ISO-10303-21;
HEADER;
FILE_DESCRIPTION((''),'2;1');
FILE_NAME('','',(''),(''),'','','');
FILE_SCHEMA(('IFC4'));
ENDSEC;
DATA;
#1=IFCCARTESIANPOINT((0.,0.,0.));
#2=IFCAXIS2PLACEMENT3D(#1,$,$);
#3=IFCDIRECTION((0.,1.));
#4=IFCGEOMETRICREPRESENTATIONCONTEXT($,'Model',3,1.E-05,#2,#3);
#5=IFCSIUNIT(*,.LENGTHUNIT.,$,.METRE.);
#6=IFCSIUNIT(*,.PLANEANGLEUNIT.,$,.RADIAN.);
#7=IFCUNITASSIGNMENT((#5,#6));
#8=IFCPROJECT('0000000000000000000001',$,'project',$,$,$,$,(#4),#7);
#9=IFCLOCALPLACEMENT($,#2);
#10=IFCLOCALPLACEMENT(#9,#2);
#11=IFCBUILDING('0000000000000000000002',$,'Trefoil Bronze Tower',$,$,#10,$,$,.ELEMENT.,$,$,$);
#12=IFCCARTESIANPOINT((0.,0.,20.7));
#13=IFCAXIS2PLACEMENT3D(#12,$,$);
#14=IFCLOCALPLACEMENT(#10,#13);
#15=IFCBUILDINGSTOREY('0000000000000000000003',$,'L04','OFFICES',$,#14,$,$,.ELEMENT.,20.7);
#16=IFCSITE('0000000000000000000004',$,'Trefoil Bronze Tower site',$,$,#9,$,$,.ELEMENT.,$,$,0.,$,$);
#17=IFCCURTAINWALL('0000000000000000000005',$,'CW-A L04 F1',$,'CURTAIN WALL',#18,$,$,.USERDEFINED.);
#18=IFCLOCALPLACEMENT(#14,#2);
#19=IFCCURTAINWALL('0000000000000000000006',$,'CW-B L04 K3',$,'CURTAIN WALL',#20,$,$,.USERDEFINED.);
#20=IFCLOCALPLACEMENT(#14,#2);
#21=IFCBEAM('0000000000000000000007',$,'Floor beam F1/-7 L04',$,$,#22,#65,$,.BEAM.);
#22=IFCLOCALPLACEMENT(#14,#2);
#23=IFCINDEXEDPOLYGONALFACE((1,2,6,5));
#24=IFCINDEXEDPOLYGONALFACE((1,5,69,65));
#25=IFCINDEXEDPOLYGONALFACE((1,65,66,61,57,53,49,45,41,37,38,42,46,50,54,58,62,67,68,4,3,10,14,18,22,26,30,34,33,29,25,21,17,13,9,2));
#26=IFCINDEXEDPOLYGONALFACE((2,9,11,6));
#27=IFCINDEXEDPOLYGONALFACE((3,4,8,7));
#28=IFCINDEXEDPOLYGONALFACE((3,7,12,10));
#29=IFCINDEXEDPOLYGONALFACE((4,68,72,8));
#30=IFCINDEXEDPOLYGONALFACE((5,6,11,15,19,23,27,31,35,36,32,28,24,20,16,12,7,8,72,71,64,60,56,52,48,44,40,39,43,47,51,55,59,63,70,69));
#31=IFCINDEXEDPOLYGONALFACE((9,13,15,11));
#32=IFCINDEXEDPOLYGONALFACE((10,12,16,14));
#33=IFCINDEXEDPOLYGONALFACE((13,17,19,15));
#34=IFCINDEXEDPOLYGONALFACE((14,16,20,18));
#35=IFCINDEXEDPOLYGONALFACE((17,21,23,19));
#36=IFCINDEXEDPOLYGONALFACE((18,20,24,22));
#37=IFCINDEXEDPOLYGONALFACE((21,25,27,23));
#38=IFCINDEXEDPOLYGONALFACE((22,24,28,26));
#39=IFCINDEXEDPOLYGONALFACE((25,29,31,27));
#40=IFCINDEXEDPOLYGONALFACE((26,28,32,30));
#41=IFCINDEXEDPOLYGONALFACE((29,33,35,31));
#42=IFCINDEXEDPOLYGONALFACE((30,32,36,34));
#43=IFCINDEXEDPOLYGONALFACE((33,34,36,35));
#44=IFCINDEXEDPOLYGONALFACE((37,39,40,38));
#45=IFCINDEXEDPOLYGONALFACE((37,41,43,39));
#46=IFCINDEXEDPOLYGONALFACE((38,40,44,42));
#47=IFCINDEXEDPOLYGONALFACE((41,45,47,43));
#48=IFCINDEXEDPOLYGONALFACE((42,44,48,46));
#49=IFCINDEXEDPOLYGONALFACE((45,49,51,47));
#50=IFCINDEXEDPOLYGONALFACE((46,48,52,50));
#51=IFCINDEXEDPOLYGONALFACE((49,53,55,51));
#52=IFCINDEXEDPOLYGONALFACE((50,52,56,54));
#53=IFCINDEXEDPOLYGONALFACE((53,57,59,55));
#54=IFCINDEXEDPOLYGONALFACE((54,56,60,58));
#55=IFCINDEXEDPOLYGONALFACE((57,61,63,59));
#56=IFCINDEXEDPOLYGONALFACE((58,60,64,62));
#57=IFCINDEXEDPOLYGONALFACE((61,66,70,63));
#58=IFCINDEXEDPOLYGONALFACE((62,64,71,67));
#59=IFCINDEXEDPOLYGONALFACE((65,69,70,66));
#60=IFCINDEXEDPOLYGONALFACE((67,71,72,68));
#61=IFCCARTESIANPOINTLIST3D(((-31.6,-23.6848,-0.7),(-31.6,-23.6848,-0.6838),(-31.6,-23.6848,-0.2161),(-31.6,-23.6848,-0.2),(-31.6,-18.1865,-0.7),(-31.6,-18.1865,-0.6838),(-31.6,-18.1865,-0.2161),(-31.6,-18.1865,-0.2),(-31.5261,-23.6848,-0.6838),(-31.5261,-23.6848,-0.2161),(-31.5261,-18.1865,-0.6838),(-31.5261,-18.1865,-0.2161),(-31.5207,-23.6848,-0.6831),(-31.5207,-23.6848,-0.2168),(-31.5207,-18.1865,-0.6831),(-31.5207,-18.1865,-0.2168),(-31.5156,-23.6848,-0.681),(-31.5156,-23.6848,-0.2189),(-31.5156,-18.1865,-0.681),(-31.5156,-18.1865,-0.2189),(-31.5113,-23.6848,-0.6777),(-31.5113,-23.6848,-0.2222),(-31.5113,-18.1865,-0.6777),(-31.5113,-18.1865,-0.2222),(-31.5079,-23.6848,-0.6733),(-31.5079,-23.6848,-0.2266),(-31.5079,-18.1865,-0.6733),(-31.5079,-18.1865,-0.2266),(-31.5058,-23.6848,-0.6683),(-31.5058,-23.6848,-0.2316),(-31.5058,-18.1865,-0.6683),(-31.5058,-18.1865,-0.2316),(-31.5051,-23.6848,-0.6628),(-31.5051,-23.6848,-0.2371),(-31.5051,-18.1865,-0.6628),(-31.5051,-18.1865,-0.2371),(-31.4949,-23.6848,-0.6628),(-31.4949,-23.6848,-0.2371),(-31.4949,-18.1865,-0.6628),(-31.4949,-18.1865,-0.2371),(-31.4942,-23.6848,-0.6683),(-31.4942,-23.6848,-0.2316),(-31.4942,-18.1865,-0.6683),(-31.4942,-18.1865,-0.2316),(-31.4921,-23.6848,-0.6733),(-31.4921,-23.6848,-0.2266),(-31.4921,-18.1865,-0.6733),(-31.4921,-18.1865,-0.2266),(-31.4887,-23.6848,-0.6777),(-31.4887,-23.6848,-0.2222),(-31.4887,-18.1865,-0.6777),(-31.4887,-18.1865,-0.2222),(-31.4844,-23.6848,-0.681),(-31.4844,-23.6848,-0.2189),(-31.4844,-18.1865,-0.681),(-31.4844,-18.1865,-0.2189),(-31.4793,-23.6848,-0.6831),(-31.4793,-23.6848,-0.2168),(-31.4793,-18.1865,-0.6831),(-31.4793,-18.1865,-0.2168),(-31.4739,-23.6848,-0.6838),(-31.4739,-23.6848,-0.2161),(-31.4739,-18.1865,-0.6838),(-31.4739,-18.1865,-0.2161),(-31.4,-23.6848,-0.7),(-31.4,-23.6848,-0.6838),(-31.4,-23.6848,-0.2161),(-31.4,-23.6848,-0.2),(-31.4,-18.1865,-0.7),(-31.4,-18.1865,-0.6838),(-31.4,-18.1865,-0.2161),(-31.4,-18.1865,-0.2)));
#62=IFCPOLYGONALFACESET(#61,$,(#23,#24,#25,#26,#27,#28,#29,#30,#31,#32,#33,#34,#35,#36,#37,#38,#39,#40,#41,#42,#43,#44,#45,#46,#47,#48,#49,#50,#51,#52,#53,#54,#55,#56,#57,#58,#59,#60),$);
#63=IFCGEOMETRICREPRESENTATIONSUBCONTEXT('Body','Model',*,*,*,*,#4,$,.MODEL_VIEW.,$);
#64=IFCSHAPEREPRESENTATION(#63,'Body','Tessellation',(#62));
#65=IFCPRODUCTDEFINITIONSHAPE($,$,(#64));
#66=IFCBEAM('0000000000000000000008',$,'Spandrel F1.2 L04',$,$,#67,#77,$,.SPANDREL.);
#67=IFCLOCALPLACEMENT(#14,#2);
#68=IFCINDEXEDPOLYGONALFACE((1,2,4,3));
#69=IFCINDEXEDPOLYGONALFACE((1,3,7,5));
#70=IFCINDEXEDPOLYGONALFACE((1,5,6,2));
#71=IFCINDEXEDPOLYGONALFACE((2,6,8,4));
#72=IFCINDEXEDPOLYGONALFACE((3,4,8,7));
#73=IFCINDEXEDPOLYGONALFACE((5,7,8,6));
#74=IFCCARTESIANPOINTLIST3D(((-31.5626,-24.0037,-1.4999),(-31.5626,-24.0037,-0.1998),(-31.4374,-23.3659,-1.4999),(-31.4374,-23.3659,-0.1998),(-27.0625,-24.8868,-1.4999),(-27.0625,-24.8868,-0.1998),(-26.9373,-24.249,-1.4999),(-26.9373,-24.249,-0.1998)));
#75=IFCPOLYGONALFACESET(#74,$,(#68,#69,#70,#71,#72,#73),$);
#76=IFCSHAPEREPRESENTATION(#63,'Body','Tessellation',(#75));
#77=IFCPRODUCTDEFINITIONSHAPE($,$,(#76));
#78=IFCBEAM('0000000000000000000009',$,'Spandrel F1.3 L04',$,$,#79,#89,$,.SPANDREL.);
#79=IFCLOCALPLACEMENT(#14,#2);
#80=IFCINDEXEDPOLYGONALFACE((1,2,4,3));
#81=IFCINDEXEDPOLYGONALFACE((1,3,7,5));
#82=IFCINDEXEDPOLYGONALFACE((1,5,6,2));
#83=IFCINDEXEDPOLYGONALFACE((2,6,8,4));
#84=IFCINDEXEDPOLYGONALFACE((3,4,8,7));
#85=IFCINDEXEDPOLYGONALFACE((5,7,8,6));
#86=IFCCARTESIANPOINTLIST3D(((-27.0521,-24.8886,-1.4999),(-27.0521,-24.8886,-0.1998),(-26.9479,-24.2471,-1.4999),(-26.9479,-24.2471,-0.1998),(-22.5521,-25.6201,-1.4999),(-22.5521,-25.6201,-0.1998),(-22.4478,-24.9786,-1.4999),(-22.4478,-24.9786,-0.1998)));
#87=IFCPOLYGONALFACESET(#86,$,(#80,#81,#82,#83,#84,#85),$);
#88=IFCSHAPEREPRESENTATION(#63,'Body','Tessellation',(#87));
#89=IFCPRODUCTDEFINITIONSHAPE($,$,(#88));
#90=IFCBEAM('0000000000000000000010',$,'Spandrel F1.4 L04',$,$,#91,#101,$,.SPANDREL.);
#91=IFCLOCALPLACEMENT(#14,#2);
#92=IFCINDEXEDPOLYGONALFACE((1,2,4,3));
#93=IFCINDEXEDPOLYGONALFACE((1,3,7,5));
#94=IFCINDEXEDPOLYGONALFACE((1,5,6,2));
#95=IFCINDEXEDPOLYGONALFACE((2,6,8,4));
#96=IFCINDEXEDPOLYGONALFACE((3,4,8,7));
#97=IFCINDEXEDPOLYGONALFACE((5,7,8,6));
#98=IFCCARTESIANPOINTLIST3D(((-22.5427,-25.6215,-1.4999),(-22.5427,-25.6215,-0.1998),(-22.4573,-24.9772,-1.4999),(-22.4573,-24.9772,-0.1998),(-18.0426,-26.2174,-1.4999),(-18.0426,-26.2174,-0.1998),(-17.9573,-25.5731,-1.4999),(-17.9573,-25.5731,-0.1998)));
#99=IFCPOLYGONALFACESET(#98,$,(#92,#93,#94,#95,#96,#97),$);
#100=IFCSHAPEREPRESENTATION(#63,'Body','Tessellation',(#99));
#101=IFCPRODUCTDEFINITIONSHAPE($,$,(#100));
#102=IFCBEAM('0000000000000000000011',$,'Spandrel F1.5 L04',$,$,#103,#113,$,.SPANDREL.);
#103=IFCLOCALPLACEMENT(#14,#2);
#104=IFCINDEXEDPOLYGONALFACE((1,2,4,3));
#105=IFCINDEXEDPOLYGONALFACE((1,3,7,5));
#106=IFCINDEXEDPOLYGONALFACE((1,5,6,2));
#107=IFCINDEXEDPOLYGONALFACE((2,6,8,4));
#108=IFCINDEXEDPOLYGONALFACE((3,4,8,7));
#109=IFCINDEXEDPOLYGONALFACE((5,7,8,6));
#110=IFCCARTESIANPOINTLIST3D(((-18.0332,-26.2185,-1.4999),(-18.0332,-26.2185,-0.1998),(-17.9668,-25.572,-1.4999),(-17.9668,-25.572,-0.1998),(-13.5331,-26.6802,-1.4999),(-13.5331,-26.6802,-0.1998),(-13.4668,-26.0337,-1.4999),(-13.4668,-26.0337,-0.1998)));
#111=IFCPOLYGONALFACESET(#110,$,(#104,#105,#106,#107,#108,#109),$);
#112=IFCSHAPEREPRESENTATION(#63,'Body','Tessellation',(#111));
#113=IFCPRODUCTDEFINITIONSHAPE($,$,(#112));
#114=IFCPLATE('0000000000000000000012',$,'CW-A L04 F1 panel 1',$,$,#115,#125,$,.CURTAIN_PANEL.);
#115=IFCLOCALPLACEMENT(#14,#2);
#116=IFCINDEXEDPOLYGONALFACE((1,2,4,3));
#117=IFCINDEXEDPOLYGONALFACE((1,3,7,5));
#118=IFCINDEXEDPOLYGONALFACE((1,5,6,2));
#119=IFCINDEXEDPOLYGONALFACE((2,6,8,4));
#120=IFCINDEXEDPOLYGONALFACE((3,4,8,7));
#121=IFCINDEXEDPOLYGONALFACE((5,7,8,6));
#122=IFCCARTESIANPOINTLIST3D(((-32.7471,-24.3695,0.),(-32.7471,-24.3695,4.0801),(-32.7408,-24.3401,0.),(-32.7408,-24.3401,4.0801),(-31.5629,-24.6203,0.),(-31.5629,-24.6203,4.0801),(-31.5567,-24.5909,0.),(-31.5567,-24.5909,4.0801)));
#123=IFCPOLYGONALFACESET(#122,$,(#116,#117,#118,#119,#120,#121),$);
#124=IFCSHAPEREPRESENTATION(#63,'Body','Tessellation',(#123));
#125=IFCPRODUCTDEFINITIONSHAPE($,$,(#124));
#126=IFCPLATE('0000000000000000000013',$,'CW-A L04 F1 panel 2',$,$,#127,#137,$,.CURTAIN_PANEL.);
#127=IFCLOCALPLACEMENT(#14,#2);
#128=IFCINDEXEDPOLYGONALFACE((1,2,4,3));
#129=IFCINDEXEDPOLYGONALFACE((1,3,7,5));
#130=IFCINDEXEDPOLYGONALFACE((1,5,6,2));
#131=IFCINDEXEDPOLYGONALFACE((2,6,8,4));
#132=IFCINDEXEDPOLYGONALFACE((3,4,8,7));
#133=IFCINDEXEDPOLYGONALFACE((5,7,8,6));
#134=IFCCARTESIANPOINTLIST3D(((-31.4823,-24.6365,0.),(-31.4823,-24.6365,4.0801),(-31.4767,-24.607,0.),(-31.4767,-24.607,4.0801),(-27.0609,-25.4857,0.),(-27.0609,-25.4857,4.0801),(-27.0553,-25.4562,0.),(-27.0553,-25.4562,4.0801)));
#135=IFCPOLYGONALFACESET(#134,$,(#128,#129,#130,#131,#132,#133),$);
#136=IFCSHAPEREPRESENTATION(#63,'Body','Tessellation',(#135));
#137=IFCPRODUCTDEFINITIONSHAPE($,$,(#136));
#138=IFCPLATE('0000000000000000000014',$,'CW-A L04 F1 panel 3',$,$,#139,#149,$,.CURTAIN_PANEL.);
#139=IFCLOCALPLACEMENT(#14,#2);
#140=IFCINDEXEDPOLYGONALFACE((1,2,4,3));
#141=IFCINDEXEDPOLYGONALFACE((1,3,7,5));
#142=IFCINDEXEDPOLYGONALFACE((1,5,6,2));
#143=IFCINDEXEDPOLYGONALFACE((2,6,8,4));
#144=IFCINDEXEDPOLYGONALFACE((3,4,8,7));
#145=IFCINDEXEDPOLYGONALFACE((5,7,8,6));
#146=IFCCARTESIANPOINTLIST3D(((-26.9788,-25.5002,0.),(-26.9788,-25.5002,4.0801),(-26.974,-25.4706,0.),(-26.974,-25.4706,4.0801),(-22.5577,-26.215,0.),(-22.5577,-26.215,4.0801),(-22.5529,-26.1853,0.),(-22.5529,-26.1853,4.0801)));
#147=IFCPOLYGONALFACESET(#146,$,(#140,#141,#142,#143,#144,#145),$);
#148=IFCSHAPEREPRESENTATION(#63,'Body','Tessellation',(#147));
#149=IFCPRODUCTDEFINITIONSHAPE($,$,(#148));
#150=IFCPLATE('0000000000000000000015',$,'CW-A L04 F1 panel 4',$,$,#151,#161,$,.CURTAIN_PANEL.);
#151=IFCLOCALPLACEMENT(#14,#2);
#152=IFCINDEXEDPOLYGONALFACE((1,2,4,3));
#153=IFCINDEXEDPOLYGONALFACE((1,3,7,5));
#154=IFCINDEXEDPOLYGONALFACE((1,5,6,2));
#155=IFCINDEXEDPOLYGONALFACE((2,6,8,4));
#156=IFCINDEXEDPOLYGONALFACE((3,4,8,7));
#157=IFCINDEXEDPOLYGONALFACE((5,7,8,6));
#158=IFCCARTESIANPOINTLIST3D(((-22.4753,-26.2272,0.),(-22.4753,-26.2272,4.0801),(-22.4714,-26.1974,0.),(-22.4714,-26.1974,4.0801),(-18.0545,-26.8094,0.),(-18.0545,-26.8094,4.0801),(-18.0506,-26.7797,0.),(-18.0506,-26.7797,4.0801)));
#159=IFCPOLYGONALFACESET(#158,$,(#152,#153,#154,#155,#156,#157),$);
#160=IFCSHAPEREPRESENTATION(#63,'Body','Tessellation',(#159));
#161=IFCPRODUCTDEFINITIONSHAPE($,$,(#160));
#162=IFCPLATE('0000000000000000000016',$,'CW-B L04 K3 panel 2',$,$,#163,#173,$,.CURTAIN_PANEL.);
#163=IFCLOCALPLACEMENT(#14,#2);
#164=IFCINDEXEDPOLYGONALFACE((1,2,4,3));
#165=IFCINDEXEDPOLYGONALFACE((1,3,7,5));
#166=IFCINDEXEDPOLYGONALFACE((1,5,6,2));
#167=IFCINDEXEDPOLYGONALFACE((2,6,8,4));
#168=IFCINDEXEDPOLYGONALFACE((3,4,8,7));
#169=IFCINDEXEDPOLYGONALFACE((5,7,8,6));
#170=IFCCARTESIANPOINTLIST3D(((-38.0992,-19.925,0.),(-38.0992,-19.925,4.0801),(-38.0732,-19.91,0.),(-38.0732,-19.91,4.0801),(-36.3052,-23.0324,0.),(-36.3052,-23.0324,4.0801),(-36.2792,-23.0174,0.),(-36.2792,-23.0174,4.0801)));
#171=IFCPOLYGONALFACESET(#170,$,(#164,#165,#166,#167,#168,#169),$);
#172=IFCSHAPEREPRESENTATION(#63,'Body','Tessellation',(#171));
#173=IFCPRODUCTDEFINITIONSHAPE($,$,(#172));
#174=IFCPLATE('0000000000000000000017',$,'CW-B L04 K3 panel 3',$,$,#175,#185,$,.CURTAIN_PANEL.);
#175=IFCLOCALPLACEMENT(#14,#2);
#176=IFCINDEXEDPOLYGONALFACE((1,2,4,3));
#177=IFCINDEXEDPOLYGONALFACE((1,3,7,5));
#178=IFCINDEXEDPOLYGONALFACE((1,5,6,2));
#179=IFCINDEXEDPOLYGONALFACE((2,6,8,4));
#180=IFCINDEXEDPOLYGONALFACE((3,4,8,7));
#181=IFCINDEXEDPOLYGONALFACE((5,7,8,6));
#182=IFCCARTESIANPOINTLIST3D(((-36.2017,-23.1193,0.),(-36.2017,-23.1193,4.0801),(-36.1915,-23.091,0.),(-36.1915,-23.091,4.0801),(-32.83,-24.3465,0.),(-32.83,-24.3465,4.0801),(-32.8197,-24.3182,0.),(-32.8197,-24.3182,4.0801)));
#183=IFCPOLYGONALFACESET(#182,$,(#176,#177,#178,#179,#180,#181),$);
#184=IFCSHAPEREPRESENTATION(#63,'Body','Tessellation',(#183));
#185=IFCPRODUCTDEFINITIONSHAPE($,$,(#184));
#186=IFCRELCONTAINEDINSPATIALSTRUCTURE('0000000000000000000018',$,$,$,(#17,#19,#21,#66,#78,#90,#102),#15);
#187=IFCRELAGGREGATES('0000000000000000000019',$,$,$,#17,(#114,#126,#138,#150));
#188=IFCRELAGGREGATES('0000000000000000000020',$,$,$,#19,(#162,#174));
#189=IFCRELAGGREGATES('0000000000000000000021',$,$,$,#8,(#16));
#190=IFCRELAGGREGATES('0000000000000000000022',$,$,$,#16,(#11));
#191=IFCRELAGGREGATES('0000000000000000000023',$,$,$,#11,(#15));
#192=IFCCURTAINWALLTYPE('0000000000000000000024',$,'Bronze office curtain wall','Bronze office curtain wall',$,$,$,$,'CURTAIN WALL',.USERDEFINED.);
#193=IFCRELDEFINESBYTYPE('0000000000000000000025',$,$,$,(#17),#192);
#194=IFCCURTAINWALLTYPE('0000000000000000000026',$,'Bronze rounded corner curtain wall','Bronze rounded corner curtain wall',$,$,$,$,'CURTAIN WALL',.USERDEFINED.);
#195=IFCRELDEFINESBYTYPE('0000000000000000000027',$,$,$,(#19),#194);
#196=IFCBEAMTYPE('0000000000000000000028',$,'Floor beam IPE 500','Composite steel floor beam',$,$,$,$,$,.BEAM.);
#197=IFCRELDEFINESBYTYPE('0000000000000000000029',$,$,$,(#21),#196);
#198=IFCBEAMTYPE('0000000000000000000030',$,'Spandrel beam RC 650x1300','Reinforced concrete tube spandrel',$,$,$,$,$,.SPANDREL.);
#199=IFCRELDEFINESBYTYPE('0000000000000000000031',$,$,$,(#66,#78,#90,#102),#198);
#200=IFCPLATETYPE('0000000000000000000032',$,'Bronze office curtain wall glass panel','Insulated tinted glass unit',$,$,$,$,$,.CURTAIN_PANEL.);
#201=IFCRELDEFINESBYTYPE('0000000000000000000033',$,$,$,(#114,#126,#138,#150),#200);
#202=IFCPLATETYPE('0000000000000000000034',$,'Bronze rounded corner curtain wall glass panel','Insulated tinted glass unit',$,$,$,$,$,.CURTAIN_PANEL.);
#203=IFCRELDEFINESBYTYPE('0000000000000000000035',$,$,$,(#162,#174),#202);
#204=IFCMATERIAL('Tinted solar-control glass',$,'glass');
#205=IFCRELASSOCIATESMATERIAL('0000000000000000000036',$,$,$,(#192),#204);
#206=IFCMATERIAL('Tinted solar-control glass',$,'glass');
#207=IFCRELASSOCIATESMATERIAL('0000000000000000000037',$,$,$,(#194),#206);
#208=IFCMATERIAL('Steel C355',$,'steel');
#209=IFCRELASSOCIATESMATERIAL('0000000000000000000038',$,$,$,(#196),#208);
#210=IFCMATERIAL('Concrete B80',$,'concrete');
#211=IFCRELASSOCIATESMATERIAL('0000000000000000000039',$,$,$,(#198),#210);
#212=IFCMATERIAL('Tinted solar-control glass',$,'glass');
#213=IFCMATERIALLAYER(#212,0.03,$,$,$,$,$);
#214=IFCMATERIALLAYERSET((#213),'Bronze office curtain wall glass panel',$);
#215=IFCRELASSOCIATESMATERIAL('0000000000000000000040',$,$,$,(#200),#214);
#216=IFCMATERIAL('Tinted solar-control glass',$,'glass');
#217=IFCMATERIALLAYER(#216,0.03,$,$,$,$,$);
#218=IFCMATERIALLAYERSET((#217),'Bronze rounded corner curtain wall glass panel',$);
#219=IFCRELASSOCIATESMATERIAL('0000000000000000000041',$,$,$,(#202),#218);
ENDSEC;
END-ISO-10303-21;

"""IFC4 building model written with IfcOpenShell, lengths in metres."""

from ifc_helpers import new_model, si_unit, direction, frame, origin, origin_2d, place, context, subcontext, project, spatial, rectangle, i_section, extrude, material, layer, layer_set, material_profile, profile_set, type_object, element, aggregate, save


model = new_model("IFC4")

# Units and contexts
model_context = context("Model", 3, precision=1e-05, world=origin(), true_north=direction((0.0, 1.0)))
body_context = subcontext(model_context, "Body", "Model", "MODEL_VIEW")
ifc_project = project(units=[si_unit("LENGTHUNIT", "METRE"), si_unit("PLANEANGLEUNIT", "RADIAN")], contexts=[model_context])

# Site, building, storey
site_placement = place(None, origin())
site = spatial("IfcSite", under=ifc_project, at=site_placement, Name="Trefoil Bronze Tower site", CompositionType="ELEMENT", RefElevation=0.0)
building_placement = place(site_placement, origin())
building = spatial("IfcBuilding", under=site, at=building_placement, Name="Trefoil Bronze Tower", CompositionType="ELEMENT")
storey_placement = place(building_placement, frame((0.0, 0.0, 20.7)))
storey = spatial("IfcBuildingStorey", under=building, at=storey_placement, Name="L04", Description="OFFICES", CompositionType="ELEMENT", Elevation=20.7)

# Curtain walls
ifc_material_1 = material(Name="Tinted solar-control glass", Category="glass")
curtain_wall_type_1 = type_object("IfcCurtainWallType", Name="Bronze office curtain wall", Description="Bronze office curtain wall", ElementType="CURTAIN WALL", PredefinedType="USERDEFINED", material=ifc_material_1)
curtain_wall_1_placement = place(storey_placement, origin())
curtain_wall_1 = element("IfcCurtainWall", 1, at=curtain_wall_1_placement, inside=storey, type_object=curtain_wall_type_1, Name="CW-A L04 F1", ObjectType="CURTAIN WALL", PredefinedType="USERDEFINED")
ifc_material_2 = material(Name="Tinted solar-control glass", Category="glass")
curtain_wall_type_2 = type_object("IfcCurtainWallType", Name="Bronze rounded corner curtain wall", Description="Bronze rounded corner curtain wall", ElementType="CURTAIN WALL", PredefinedType="USERDEFINED", material=ifc_material_2)
curtain_wall_2_placement = place(storey_placement, origin())
curtain_wall_2 = element("IfcCurtainWall", 2, at=curtain_wall_2_placement, inside=storey, type_object=curtain_wall_type_2, Name="CW-B L04 K3", ObjectType="CURTAIN WALL", PredefinedType="USERDEFINED")

# Beams
ifc_material_3 = material(Name="Steel C355", Category="steel")
ifc_material_profile_1 = material_profile(ifc_material_3, i_section(OverallWidth=0.2, OverallDepth=0.5, WebThickness=0.0103, FlangeThickness=0.0161, FilletRadius=0.021, at=origin_2d()), Name="IPE 500")
ifc_profile_set_1 = profile_set([ifc_material_profile_1], Name="Steel C355")
beam_type_1 = type_object("IfcBeamType", Name="Floor beam IPE 500", Description="Composite steel floor beam", PredefinedType="BEAM", material=ifc_profile_set_1)
beam_1_placement = place(storey_placement, frame((-31.5, -23.6848, -0.45), z_axis=(0.0, 1.0, 0.0), x_axis=(-1.0, 0.0, 0.0)))
element("IfcBeam", 3, at=beam_1_placement, inside=storey, type_object=beam_type_1, Name="Floor beam F1/-7 L04", PredefinedType="BEAM", context=body_context, shape_type="SweptSolid", body=[
    extrude(i_section(OverallWidth=0.2, OverallDepth=0.5, WebThickness=0.0103, FlangeThickness=0.0161, FilletRadius=0.021, at=origin_2d()), origin(), (0.0, 0.0, 1.0), 5.4983),
])
ifc_material_4 = material(Name="Concrete B80", Category="concrete")
ifc_material_profile_2 = material_profile(ifc_material_4, rectangle(XDim=0.6499, YDim=1.3, at=origin_2d()), Name="RC 650x1300")
ifc_profile_set_2 = profile_set([ifc_material_profile_2], Name="Concrete B80")
beam_type_2 = type_object("IfcBeamType", Name="Spandrel beam RC 650x1300", Description="Reinforced concrete tube spandrel", PredefinedType="SPANDREL", material=ifc_profile_set_2)
beam_2_placement = place(storey_placement, frame((-31.5, -23.6848, -0.8499), z_axis=(0.981285, -0.192562, 0.0), x_axis=(0.192562, 0.981285, 0.0)))
element("IfcBeam", 4, at=beam_2_placement, inside=storey, type_object=beam_type_2, Name="Spandrel F1.2 L04", PredefinedType="SPANDREL", context=body_context, shape_type="SweptSolid", body=[
    extrude(rectangle(XDim=0.6499, YDim=1.3, at=origin_2d()), origin(), (0.0, 0.0, 1.0), 4.5859),
])
beam_3_placement = place(storey_placement, frame((-27.0, -24.5679, -0.8499), z_axis=(0.987046, -0.160438, 0.0), x_axis=(0.160438, 0.987046, 0.0)))
element("IfcBeam", 5, at=beam_3_placement, inside=storey, type_object=beam_type_2, Name="Spandrel F1.3 L04", PredefinedType="SPANDREL", context=body_context, shape_type="SweptSolid", body=[
    extrude(rectangle(XDim=0.6499, YDim=1.3, at=origin_2d()), origin(), (0.0, 0.0, 1.0), 4.5591),
])
beam_4_placement = place(storey_placement, frame((-22.5, -25.2993, -0.8499), z_axis=(0.991344, -0.131286, 0.0), x_axis=(0.131286, 0.991344, 0.0)))
element("IfcBeam", 6, at=beam_4_placement, inside=storey, type_object=beam_type_2, Name="Spandrel F1.4 L04", PredefinedType="SPANDREL", context=body_context, shape_type="SweptSolid", body=[
    extrude(rectangle(XDim=0.6499, YDim=1.3, at=origin_2d()), origin(), (0.0, 0.0, 1.0), 4.5393),
])
beam_5_placement = place(storey_placement, frame((-18.0, -25.8953, -0.8499), z_axis=(0.994778, -0.102058, 0.0), x_axis=(0.102058, 0.994778, 0.0)))
element("IfcBeam", 7, at=beam_5_placement, inside=storey, type_object=beam_type_2, Name="Spandrel F1.5 L04", PredefinedType="SPANDREL", context=body_context, shape_type="SweptSolid", body=[
    extrude(rectangle(XDim=0.6499, YDim=1.3, at=origin_2d()), origin(), (0.0, 0.0, 1.0), 4.5237),
])

# Plates
ifc_material_5 = material(Name="Tinted solar-control glass", Category="glass")
ifc_layer_1 = layer(ifc_material_5, 0.03)
ifc_layer_set_1 = layer_set([ifc_layer_1], Name="Bronze office curtain wall glass panel")
plate_type_1 = type_object("IfcPlateType", Name="Bronze office curtain wall glass panel", Description="Insulated tinted glass unit", PredefinedType="CURTAIN_PANEL", material=ifc_layer_set_1)
plate_1_placement = place(storey_placement, frame((-32.1519, -24.4802, 0.0), z_axis=(0.0, 0.0, 1.0), x_axis=(0.978303, -0.207181, 0.0)))
plate_1 = element("IfcPlate", 8, at=plate_1_placement, type_object=plate_type_1, Name="CW-A L04 F1 panel 1", PredefinedType="CURTAIN_PANEL", context=body_context, shape_type="SweptSolid", body=[
    extrude(rectangle(XDim=1.2104, YDim=0.03, at=origin_2d()), origin(), (0.0, 0.0, 1.0), 4.0801),
])
plate_2_placement = place(storey_placement, frame((-29.2688, -25.0464, 0.0), z_axis=(0.0, 0.0, 1.0), x_axis=(0.98205, -0.188622, 0.0)))
plate_2 = element("IfcPlate", 9, at=plate_2_placement, type_object=plate_type_1, Name="CW-A L04 F1 panel 2", PredefinedType="CURTAIN_PANEL", context=body_context, shape_type="SweptSolid", body=[
    extrude(rectangle(XDim=4.5022, YDim=0.03, at=origin_2d()), origin(), (0.0, 0.0, 1.0), 4.0801),
])
plate_3_placement = place(storey_placement, frame((-24.7659, -25.8428, 0.0), z_axis=(0.0, 0.0, 1.0), x_axis=(0.987181, -0.159603, 0.0)))
plate_3 = element("IfcPlate", 10, at=plate_3_placement, type_object=plate_type_1, Name="CW-A L04 F1 panel 3", PredefinedType="CURTAIN_PANEL", context=body_context, shape_type="SweptSolid", body=[
    extrude(rectangle(XDim=4.4785, YDim=0.03, at=origin_2d()), origin(), (0.0, 0.0, 1.0), 4.0801),
])
plate_4_placement = place(storey_placement, frame((-20.2629, -26.5034, 0.0), z_axis=(0.0, 0.0, 1.0), x_axis=(0.991437, -0.130584, 0.0)))
plate_4 = element("IfcPlate", 11, at=plate_4_placement, type_object=plate_type_1, Name="CW-A L04 F1 panel 4", PredefinedType="CURTAIN_PANEL", context=body_context, shape_type="SweptSolid", body=[
    extrude(rectangle(XDim=4.459, YDim=0.03, at=origin_2d()), origin(), (0.0, 0.0, 1.0), 4.0801),
])
aggregate(curtain_wall_1, [plate_1, plate_2, plate_3, plate_4])
ifc_material_6 = material(Name="Tinted solar-control glass", Category="glass")
ifc_layer_2 = layer(ifc_material_6, 0.03)
ifc_layer_set_2 = layer_set([ifc_layer_2], Name="Bronze rounded corner curtain wall glass panel")
plate_type_2 = type_object("IfcPlateType", Name="Bronze rounded corner curtain wall glass panel", Description="Insulated tinted glass unit", PredefinedType="CURTAIN_PANEL", material=ifc_layer_set_2)
plate_5_placement = place(storey_placement, frame((-37.1892, -21.4712, 0.0), z_axis=(0.0, 0.0, 1.0), x_axis=(0.5, -0.866025, 0.0)))
plate_5 = element("IfcPlate", 12, at=plate_5_placement, type_object=plate_type_2, Name="CW-B L04 K3 panel 2", PredefinedType="CURTAIN_PANEL", context=body_context, shape_type="SweptSolid", body=[
    extrude(rectangle(XDim=3.5881, YDim=0.03, at=origin_2d()), origin(), (0.0, 0.0, 1.0), 4.0801),
])
plate_6_placement = place(storey_placement, frame((-34.5107, -23.7188, 0.0), z_axis=(0.0, 0.0, 1.0), x_axis=(0.939693, -0.34202, 0.0)))
plate_6 = element("IfcPlate", 13, at=plate_6_placement, type_object=plate_type_2, Name="CW-B L04 K3 panel 3", PredefinedType="CURTAIN_PANEL", context=body_context, shape_type="SweptSolid", body=[
    extrude(rectangle(XDim=3.5881, YDim=0.03, at=origin_2d()), origin(), (0.0, 0.0, 1.0), 4.0801),
])
aggregate(curtain_wall_2, [plate_5, plate_6])

save(model, "model.ifc")
